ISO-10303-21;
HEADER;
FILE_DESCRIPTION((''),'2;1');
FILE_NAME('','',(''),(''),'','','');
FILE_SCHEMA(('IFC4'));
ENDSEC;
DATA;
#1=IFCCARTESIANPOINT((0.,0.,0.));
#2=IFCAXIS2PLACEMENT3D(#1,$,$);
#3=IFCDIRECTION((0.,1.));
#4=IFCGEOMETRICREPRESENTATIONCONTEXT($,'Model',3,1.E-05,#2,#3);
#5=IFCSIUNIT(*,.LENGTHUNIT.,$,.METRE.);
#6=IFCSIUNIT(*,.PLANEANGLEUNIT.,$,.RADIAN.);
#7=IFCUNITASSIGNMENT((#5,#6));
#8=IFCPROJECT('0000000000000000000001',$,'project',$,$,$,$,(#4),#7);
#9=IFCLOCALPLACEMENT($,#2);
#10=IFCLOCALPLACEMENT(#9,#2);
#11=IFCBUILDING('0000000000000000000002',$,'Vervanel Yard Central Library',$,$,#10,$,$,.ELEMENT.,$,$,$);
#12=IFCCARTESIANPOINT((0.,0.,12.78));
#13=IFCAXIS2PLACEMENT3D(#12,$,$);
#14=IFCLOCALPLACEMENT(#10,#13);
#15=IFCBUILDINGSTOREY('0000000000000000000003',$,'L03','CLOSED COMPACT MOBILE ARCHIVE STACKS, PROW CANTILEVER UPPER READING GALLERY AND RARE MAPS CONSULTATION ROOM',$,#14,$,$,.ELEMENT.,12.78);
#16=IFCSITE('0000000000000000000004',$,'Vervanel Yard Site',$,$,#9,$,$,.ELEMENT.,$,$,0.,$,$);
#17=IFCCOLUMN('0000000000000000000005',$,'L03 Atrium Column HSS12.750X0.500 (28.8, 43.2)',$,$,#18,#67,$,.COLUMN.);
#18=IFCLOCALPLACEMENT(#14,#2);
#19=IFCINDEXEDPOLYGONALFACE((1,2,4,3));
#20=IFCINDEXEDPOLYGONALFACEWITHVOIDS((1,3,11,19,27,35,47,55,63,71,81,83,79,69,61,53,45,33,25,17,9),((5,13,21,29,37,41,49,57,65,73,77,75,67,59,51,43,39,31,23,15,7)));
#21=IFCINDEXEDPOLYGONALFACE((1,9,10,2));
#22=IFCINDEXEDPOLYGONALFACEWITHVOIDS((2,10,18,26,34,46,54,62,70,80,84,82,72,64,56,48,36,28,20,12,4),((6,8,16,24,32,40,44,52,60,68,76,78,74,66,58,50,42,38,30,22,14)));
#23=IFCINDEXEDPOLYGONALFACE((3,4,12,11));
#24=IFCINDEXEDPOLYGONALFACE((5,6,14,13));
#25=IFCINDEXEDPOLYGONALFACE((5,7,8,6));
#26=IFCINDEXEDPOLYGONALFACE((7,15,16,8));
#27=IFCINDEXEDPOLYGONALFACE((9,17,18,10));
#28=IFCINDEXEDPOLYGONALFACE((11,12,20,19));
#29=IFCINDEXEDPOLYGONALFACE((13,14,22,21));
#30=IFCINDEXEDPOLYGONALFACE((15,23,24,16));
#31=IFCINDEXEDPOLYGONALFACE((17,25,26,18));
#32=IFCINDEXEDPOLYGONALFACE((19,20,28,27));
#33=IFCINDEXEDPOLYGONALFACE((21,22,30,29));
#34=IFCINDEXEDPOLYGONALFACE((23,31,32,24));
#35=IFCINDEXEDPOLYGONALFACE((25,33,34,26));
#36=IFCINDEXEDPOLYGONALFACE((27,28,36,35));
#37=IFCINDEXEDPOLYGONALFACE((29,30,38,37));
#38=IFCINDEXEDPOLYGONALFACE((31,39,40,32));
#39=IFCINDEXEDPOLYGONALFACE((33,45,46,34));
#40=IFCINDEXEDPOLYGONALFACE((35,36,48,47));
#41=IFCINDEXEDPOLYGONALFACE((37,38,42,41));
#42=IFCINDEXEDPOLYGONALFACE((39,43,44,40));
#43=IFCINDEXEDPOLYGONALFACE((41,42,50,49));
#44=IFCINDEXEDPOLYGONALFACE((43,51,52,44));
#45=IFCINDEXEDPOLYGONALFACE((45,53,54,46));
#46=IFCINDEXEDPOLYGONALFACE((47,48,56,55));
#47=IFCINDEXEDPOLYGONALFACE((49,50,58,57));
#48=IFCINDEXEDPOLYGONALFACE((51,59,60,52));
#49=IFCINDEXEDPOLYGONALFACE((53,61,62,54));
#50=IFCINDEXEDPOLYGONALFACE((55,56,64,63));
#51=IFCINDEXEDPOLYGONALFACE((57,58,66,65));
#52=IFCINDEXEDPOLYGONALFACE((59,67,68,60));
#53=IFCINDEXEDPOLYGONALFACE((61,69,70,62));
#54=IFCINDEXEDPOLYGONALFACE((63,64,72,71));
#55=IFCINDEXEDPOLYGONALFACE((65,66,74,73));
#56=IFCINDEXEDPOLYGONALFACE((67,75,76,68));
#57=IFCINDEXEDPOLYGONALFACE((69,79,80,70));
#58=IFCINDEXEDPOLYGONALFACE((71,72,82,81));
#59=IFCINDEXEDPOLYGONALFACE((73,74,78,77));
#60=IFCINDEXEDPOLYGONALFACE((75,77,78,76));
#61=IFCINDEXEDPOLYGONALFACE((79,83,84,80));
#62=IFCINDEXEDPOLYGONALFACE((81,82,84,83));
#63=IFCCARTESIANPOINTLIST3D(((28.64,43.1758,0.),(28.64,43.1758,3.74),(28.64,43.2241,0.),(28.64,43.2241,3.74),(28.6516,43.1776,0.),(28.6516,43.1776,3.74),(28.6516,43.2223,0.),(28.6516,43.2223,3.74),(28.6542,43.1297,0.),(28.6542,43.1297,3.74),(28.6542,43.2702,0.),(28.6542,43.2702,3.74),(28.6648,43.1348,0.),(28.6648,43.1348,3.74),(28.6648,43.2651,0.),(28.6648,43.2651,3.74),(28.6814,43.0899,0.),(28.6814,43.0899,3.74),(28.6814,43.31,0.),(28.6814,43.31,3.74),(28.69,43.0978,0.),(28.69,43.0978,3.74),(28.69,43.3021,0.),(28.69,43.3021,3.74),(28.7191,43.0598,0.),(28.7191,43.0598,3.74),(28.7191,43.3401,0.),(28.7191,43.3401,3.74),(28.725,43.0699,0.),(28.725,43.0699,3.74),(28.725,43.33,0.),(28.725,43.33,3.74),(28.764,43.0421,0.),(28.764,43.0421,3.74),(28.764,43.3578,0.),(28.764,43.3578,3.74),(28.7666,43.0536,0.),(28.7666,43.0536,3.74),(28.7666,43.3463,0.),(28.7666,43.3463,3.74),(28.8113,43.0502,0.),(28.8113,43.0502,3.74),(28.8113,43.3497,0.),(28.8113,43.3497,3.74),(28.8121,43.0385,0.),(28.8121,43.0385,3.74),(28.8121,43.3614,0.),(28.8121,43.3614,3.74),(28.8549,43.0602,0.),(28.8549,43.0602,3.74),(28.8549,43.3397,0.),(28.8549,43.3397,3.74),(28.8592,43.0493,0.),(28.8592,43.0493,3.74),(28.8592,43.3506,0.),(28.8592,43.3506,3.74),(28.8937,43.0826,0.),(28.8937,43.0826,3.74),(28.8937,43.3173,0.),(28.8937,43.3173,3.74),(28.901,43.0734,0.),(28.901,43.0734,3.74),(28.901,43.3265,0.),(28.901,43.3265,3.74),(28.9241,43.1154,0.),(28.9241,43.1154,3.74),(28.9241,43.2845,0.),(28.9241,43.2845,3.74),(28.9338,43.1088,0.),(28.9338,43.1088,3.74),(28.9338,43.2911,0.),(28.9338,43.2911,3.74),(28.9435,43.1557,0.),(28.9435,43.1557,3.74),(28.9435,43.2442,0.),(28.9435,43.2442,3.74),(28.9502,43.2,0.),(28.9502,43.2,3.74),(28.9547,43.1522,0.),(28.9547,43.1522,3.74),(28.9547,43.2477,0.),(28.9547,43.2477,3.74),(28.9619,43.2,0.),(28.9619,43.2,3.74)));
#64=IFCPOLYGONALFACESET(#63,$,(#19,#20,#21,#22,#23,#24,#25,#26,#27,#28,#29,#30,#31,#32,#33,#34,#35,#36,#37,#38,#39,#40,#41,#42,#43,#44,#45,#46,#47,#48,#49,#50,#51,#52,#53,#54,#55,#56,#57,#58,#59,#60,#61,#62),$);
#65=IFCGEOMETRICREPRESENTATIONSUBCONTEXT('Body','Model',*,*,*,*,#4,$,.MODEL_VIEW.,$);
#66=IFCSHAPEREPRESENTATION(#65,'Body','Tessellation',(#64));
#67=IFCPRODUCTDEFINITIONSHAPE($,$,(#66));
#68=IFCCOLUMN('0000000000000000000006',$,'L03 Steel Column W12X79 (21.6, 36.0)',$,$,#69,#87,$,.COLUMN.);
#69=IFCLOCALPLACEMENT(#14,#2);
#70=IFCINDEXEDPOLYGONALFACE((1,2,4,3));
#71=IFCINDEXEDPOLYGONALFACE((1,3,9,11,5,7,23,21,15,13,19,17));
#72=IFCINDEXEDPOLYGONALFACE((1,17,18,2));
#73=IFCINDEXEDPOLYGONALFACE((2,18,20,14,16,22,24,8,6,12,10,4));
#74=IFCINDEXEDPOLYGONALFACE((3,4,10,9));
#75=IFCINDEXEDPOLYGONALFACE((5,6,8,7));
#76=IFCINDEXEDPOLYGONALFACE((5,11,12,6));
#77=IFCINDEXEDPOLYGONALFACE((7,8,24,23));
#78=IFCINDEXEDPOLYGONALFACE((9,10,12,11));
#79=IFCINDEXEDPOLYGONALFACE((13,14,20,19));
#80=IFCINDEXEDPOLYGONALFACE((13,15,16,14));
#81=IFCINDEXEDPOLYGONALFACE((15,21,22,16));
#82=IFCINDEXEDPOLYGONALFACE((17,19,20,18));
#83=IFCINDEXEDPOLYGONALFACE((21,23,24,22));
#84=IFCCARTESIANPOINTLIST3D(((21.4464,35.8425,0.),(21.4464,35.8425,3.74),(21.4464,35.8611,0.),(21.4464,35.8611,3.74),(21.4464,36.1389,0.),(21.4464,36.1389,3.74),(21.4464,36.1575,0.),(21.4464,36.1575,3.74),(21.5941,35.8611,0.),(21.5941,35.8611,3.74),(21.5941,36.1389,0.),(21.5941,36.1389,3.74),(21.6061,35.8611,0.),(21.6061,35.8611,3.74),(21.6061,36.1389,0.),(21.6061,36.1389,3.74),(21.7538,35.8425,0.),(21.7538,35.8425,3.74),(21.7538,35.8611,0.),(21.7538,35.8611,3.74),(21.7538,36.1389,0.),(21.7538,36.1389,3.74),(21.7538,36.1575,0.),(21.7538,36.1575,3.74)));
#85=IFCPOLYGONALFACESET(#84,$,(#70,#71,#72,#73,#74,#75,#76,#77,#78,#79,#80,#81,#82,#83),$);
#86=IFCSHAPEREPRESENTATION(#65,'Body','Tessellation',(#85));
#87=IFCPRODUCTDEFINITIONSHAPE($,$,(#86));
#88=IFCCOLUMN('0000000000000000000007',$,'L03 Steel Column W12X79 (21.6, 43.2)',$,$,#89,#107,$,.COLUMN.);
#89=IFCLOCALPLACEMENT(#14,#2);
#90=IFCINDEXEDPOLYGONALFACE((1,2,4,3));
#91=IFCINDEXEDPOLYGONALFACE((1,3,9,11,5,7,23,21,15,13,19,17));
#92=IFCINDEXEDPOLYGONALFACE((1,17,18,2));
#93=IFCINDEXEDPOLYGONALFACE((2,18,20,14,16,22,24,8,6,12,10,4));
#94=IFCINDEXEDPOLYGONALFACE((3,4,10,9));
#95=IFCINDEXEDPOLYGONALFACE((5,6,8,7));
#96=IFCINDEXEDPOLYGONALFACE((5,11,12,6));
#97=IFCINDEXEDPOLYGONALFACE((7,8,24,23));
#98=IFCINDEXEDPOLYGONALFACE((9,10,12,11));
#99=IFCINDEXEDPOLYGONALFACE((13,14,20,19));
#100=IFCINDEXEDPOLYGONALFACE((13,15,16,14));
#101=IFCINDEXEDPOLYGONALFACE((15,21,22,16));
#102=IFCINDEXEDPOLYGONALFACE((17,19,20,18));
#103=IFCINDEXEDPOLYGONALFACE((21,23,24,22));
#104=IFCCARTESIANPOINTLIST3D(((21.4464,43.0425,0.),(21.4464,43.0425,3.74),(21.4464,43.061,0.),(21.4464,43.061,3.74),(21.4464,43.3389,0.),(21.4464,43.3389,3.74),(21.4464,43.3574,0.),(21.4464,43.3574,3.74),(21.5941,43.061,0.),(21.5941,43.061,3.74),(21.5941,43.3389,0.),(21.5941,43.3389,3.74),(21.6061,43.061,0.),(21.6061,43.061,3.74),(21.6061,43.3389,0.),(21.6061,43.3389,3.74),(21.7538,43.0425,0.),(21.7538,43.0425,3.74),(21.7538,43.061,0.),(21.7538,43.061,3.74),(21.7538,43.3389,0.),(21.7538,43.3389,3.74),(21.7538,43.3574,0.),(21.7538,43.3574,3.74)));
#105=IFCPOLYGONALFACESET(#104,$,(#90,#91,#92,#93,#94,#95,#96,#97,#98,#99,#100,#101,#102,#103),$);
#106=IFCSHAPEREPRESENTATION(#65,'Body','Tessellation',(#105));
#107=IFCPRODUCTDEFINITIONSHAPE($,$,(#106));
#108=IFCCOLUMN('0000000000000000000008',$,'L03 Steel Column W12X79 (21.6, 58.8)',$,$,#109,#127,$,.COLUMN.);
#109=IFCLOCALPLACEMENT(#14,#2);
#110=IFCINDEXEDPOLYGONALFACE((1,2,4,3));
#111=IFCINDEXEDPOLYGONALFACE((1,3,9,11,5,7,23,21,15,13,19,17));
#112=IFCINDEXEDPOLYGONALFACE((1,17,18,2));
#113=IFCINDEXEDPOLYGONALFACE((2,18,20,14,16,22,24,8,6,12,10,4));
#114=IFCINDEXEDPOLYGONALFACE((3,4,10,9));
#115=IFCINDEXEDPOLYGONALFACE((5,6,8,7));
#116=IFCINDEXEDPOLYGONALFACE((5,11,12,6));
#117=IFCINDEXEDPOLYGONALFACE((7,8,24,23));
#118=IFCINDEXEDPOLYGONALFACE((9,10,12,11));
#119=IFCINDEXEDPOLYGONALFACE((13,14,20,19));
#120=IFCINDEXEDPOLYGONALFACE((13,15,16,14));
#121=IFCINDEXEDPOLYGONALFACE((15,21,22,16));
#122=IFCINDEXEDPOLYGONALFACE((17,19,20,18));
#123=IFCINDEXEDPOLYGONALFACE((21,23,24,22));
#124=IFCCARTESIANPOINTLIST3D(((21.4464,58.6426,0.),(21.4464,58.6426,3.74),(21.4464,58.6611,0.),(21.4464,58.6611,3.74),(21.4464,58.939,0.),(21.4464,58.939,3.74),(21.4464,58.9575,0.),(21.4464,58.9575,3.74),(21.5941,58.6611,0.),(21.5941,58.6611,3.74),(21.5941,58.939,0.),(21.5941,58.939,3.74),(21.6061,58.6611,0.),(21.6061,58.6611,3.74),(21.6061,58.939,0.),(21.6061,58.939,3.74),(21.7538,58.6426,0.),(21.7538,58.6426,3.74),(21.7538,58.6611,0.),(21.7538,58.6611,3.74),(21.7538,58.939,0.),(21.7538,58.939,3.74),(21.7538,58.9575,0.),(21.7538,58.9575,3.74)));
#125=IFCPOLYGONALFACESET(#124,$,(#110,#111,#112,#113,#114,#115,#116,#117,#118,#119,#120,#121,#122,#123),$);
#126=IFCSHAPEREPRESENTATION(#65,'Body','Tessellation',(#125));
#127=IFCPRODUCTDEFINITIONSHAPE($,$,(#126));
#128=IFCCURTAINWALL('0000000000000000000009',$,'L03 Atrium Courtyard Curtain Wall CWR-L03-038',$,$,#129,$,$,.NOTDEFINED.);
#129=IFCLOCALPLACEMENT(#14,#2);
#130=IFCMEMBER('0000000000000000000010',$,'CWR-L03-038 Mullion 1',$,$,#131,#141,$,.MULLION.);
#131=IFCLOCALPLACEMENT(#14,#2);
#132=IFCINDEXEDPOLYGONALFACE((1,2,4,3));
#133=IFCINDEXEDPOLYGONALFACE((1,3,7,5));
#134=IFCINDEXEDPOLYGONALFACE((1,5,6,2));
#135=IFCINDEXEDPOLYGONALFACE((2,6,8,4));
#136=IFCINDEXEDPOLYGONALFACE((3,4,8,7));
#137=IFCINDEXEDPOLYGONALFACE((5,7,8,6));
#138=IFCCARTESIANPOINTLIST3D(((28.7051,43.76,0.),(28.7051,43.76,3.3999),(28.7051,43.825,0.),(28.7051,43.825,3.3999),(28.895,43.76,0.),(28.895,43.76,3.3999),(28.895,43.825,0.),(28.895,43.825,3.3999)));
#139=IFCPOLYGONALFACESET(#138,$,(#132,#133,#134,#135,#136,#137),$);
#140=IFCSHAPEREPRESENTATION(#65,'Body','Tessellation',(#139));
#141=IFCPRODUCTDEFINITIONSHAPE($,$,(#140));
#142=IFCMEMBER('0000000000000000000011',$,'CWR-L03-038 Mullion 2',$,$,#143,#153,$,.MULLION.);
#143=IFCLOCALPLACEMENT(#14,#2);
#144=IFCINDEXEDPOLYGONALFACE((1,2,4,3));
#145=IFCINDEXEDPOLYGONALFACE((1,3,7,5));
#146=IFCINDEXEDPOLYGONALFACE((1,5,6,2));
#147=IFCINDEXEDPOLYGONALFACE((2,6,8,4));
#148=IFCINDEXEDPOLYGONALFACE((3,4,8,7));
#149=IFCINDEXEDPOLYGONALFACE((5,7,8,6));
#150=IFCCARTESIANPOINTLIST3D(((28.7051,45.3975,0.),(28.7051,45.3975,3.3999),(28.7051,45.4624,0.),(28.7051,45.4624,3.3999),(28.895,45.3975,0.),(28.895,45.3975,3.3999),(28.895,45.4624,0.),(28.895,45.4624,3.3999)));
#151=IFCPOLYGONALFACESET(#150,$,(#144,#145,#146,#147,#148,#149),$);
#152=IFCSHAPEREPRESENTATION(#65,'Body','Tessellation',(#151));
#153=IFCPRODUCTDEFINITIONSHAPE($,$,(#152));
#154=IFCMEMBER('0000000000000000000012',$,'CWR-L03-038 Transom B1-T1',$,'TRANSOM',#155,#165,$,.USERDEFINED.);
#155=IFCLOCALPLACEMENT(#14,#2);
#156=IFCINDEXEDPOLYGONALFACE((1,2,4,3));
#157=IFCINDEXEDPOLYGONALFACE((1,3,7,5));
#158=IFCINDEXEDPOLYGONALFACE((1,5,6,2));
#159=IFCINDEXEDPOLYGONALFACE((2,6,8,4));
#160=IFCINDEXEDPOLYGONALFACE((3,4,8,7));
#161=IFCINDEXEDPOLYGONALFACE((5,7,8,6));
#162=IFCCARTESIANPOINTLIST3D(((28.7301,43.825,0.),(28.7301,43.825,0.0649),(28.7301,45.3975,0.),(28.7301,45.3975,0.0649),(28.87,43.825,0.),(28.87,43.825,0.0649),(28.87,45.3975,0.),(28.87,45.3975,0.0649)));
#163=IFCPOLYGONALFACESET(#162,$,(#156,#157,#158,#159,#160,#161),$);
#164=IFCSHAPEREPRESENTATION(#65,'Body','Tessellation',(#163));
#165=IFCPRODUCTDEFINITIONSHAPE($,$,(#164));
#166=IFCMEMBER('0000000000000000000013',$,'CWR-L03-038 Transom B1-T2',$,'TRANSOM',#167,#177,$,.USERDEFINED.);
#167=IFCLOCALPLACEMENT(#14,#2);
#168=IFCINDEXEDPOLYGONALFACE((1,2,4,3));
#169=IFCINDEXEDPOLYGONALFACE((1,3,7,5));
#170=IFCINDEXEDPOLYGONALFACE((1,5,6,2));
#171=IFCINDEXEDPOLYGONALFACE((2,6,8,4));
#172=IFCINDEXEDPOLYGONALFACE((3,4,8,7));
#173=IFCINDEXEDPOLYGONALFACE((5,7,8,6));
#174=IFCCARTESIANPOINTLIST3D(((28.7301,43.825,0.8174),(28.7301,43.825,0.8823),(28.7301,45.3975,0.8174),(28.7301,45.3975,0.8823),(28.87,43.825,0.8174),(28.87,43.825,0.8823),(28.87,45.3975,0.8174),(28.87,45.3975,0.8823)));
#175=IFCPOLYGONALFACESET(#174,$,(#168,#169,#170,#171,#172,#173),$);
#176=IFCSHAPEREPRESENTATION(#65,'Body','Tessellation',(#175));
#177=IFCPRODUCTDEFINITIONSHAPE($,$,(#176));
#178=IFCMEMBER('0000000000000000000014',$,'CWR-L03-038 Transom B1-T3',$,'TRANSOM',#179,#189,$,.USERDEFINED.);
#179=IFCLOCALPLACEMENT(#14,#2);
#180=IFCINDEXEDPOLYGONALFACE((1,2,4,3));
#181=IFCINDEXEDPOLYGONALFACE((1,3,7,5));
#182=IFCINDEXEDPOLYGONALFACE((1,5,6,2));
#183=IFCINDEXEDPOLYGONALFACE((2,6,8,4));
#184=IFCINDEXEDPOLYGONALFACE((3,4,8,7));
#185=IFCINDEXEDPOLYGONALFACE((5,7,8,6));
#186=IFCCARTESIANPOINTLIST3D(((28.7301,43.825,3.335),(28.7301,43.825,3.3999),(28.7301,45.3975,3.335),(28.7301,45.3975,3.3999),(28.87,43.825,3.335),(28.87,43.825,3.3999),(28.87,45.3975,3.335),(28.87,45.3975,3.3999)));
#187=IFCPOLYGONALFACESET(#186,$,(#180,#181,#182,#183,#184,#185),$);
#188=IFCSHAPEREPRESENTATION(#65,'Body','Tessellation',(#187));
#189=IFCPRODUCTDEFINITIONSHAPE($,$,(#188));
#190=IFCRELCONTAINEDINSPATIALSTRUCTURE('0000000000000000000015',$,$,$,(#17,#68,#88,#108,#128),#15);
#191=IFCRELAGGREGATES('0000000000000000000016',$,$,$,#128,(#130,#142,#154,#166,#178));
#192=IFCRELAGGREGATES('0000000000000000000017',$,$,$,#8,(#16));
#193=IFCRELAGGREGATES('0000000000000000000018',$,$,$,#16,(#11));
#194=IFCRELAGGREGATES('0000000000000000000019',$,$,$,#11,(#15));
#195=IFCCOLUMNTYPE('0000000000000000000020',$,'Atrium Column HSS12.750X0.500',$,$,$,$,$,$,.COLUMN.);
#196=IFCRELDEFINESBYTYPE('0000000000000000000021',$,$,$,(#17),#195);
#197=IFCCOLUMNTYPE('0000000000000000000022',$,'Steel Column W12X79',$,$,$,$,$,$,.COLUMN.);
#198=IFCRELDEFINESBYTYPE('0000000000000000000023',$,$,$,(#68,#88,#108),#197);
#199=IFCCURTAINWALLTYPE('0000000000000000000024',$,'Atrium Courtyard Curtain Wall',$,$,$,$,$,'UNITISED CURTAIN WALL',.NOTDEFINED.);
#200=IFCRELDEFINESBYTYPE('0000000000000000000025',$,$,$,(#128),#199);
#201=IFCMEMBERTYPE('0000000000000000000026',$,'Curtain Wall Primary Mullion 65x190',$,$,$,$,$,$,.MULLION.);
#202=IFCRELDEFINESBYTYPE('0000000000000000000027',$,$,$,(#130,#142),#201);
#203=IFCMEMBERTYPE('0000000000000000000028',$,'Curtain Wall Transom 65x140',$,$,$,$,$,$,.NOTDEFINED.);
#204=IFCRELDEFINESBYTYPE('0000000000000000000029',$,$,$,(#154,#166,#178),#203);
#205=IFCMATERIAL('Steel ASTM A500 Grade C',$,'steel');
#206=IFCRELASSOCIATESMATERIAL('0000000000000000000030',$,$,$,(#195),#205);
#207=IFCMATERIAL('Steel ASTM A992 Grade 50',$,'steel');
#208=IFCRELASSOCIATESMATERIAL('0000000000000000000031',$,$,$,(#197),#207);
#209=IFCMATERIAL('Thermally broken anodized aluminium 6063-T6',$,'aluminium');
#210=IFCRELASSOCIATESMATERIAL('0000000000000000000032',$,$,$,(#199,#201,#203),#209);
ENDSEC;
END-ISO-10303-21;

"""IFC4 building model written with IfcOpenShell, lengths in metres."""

from ifc_helpers import new_model, si_unit, direction, frame, origin, origin_2d, place, context, subcontext, project, spatial, rectangle, hollow_circle, i_section, extrude, material, material_profile, profile_set, type_object, element, aggregate, save


model = new_model("IFC4")

# Units and contexts
model_context = context("Model", 3, precision=1e-05, world=origin(), true_north=direction((0.0, 1.0)))
body_context = subcontext(model_context, "Body", "Model", "MODEL_VIEW")
ifc_project = project(units=[si_unit("LENGTHUNIT", "METRE"), si_unit("PLANEANGLEUNIT", "RADIAN")], contexts=[model_context])

# Site, building, storey
site_placement = place(None, origin())
site = spatial("IfcSite", under=ifc_project, at=site_placement, Name="Vervanel Yard Site", CompositionType="ELEMENT", RefElevation=0.0)
building_placement = place(site_placement, origin())
building = spatial("IfcBuilding", under=site, at=building_placement, Name="Vervanel Yard Central Library", CompositionType="ELEMENT")
storey_placement = place(building_placement, frame((0.0, 0.0, 12.78)))
storey = spatial("IfcBuildingStorey", under=building, at=storey_placement, Name="L03", Description="CLOSED COMPACT MOBILE ARCHIVE STACKS, PROW CANTILEVER UPPER READING GALLERY AND RARE MAPS CONSULTATION ROOM", CompositionType="ELEMENT", Elevation=12.78)

# Columns
ifc_material_1 = material(Name="Steel ASTM A500 Grade C", Category="steel")
ifc_material_profile_1 = material_profile(ifc_material_1, hollow_circle(Radius=0.1619, WallThickness=0.0117, at=origin_2d()), Name="HSS12.750X0.500", Category="steel")
ifc_profile_set_1 = profile_set([ifc_material_profile_1], Name="Steel ASTM A500 Grade C")
column_type_1 = type_object("IfcColumnType", Name="Atrium Column HSS12.750X0.500", PredefinedType="COLUMN", material=ifc_profile_set_1)
column_placement = place(storey_placement, frame((28.8, 43.2, 0.0), z_axis=(0.0, 0.0, 1.0), x_axis=(1.0, 0.0, 0.0)))
element("IfcColumn", 1, at=column_placement, inside=storey, type_object=column_type_1, Name="L03 Atrium Column HSS12.750X0.500 (28.8, 43.2)", PredefinedType="COLUMN", context=body_context, shape_type="SweptSolid", body=[
    extrude(hollow_circle(Radius=0.1619, WallThickness=0.0117, at=origin_2d()), origin(), (0.0, 0.0, 1.0), 3.74),
])
ifc_material_2 = material(Name="Steel ASTM A992 Grade 50", Category="steel")
ifc_material_profile_2 = material_profile(ifc_material_2, i_section(OverallWidth=0.3074, OverallDepth=0.3149, WebThickness=0.012, FlangeThickness=0.0186, at=origin_2d()), Name="W12X79", Category="steel")
ifc_profile_set_2 = profile_set([ifc_material_profile_2], Name="Steel ASTM A992 Grade 50")
column_type_2 = type_object("IfcColumnType", Name="Steel Column W12X79", PredefinedType="COLUMN", material=ifc_profile_set_2)
for number, where, z_axis, x_axis, name in (
    (2, (21.6001, 36.0, 0.0), (0.0, 0.0, 1.0), (1.0, 0.0, 0.0), "L03 Steel Column W12X79 (21.6, 36.0)"),
    (3, (21.6001, 43.2, 0.0), (0.0, 0.0, 1.0), (1.0, 0.0, 0.0), "L03 Steel Column W12X79 (21.6, 43.2)"),
    (4, (21.6001, 58.8, 0.0), (0.0, 0.0, 1.0), (1.0, 0.0, 0.0), "L03 Steel Column W12X79 (21.6, 58.8)"),
):
    element("IfcColumn", number, at=place(storey_placement, frame(where, z_axis=z_axis, x_axis=x_axis)), inside=storey, type_object=column_type_2, Name=name, PredefinedType="COLUMN", context=body_context, shape_type="SweptSolid", body=[
        extrude(i_section(OverallWidth=0.3074, OverallDepth=0.3149, WebThickness=0.012, FlangeThickness=0.0186, at=origin_2d()), origin(), (0.0, 0.0, 1.0), 3.74),
    ])

# Curtain wall, members
ifc_material_3 = material(Name="Thermally broken anodized aluminium 6063-T6", Category="aluminium")
curtain_wall_type = type_object("IfcCurtainWallType", Name="Atrium Courtyard Curtain Wall", ElementType="UNITISED CURTAIN WALL", PredefinedType="NOTDEFINED", material=ifc_material_3)
curtain_wall_placement = place(storey_placement, origin())
curtain_wall = element("IfcCurtainWall", 5, at=curtain_wall_placement, inside=storey, type_object=curtain_wall_type, Name="L03 Atrium Courtyard Curtain Wall CWR-L03-038", PredefinedType="NOTDEFINED")
ifc_material_profile_3 = material_profile(ifc_material_3, rectangle(XDim=0.0649, YDim=0.1899, at=origin_2d()), Name="ALU 65x190", Category="aluminium")
ifc_profile_set_3 = profile_set([ifc_material_profile_3], Name="Thermally broken anodized aluminium 6063-T6")
member_type_1 = type_object("IfcMemberType", Name="Curtain Wall Primary Mullion 65x190", PredefinedType="MULLION", material=ifc_profile_set_3)
member_1_placement = place(storey_placement, frame((28.8, 43.7925, 0.0), z_axis=(0.0, 0.0, 1.0), x_axis=(0.0, 1.0, 0.0)))
member_1 = element("IfcMember", 6, at=member_1_placement, type_object=member_type_1, Name="CWR-L03-038 Mullion 1", PredefinedType="MULLION", context=body_context, shape_type="SweptSolid", body=[
    extrude(rectangle(XDim=0.0649, YDim=0.1899, at=origin_2d()), origin(), (0.0, 0.0, 1.0), 3.3999),
])
member_2_placement = place(storey_placement, frame((28.8, 45.4299, 0.0), z_axis=(0.0, 0.0, 1.0), x_axis=(0.0, 1.0, 0.0)))
member_2 = element("IfcMember", 7, at=member_2_placement, type_object=member_type_1, Name="CWR-L03-038 Mullion 2", PredefinedType="MULLION", context=body_context, shape_type="SweptSolid", body=[
    extrude(rectangle(XDim=0.0649, YDim=0.1899, at=origin_2d()), origin(), (0.0, 0.0, 1.0), 3.3999),
])
ifc_material_profile_4 = material_profile(ifc_material_3, rectangle(XDim=0.0649, YDim=0.1399, at=origin_2d()), Name="ALU 65x140", Category="aluminium")
ifc_profile_set_4 = profile_set([ifc_material_profile_4], Name="Thermally broken anodized aluminium 6063-T6")
member_type_2 = type_object("IfcMemberType", Name="Curtain Wall Transom 65x140", PredefinedType="NOTDEFINED", material=ifc_profile_set_4)
member_3_placement = place(storey_placement, frame((28.8, 43.825, 0.0325), z_axis=(0.0, 1.0, 0.0), x_axis=(0.0, 0.0, 1.0)))
member_3 = element("IfcMember", 8, at=member_3_placement, type_object=member_type_2, Name="CWR-L03-038 Transom B1-T1", ObjectType="TRANSOM", PredefinedType="USERDEFINED", context=body_context, shape_type="SweptSolid", body=[
    extrude(rectangle(XDim=0.0649, YDim=0.1399, at=origin_2d()), origin(), (0.0, 0.0, 1.0), 1.5725),
])
member_4_placement = place(storey_placement, frame((28.8, 43.825, 0.8499), z_axis=(0.0, 1.0, 0.0), x_axis=(0.0, 0.0, 1.0)))
member_4 = element("IfcMember", 9, at=member_4_placement, type_object=member_type_2, Name="CWR-L03-038 Transom B1-T2", ObjectType="TRANSOM", PredefinedType="USERDEFINED", context=body_context, shape_type="SweptSolid", body=[
    extrude(rectangle(XDim=0.0649, YDim=0.1399, at=origin_2d()), origin(), (0.0, 0.0, 1.0), 1.5725),
])
member_5_placement = place(storey_placement, frame((28.8, 43.825, 3.3674), z_axis=(0.0, 1.0, 0.0), x_axis=(0.0, 0.0, 1.0)))
member_5 = element("IfcMember", 10, at=member_5_placement, type_object=member_type_2, Name="CWR-L03-038 Transom B1-T3", ObjectType="TRANSOM", PredefinedType="USERDEFINED", context=body_context, shape_type="SweptSolid", body=[
    extrude(rectangle(XDim=0.0649, YDim=0.1399, at=origin_2d()), origin(), (0.0, 0.0, 1.0), 1.5725),
])

aggregate(curtain_wall, [member_1, member_2, member_3, member_4, member_5])

save(model, "model.ifc")
